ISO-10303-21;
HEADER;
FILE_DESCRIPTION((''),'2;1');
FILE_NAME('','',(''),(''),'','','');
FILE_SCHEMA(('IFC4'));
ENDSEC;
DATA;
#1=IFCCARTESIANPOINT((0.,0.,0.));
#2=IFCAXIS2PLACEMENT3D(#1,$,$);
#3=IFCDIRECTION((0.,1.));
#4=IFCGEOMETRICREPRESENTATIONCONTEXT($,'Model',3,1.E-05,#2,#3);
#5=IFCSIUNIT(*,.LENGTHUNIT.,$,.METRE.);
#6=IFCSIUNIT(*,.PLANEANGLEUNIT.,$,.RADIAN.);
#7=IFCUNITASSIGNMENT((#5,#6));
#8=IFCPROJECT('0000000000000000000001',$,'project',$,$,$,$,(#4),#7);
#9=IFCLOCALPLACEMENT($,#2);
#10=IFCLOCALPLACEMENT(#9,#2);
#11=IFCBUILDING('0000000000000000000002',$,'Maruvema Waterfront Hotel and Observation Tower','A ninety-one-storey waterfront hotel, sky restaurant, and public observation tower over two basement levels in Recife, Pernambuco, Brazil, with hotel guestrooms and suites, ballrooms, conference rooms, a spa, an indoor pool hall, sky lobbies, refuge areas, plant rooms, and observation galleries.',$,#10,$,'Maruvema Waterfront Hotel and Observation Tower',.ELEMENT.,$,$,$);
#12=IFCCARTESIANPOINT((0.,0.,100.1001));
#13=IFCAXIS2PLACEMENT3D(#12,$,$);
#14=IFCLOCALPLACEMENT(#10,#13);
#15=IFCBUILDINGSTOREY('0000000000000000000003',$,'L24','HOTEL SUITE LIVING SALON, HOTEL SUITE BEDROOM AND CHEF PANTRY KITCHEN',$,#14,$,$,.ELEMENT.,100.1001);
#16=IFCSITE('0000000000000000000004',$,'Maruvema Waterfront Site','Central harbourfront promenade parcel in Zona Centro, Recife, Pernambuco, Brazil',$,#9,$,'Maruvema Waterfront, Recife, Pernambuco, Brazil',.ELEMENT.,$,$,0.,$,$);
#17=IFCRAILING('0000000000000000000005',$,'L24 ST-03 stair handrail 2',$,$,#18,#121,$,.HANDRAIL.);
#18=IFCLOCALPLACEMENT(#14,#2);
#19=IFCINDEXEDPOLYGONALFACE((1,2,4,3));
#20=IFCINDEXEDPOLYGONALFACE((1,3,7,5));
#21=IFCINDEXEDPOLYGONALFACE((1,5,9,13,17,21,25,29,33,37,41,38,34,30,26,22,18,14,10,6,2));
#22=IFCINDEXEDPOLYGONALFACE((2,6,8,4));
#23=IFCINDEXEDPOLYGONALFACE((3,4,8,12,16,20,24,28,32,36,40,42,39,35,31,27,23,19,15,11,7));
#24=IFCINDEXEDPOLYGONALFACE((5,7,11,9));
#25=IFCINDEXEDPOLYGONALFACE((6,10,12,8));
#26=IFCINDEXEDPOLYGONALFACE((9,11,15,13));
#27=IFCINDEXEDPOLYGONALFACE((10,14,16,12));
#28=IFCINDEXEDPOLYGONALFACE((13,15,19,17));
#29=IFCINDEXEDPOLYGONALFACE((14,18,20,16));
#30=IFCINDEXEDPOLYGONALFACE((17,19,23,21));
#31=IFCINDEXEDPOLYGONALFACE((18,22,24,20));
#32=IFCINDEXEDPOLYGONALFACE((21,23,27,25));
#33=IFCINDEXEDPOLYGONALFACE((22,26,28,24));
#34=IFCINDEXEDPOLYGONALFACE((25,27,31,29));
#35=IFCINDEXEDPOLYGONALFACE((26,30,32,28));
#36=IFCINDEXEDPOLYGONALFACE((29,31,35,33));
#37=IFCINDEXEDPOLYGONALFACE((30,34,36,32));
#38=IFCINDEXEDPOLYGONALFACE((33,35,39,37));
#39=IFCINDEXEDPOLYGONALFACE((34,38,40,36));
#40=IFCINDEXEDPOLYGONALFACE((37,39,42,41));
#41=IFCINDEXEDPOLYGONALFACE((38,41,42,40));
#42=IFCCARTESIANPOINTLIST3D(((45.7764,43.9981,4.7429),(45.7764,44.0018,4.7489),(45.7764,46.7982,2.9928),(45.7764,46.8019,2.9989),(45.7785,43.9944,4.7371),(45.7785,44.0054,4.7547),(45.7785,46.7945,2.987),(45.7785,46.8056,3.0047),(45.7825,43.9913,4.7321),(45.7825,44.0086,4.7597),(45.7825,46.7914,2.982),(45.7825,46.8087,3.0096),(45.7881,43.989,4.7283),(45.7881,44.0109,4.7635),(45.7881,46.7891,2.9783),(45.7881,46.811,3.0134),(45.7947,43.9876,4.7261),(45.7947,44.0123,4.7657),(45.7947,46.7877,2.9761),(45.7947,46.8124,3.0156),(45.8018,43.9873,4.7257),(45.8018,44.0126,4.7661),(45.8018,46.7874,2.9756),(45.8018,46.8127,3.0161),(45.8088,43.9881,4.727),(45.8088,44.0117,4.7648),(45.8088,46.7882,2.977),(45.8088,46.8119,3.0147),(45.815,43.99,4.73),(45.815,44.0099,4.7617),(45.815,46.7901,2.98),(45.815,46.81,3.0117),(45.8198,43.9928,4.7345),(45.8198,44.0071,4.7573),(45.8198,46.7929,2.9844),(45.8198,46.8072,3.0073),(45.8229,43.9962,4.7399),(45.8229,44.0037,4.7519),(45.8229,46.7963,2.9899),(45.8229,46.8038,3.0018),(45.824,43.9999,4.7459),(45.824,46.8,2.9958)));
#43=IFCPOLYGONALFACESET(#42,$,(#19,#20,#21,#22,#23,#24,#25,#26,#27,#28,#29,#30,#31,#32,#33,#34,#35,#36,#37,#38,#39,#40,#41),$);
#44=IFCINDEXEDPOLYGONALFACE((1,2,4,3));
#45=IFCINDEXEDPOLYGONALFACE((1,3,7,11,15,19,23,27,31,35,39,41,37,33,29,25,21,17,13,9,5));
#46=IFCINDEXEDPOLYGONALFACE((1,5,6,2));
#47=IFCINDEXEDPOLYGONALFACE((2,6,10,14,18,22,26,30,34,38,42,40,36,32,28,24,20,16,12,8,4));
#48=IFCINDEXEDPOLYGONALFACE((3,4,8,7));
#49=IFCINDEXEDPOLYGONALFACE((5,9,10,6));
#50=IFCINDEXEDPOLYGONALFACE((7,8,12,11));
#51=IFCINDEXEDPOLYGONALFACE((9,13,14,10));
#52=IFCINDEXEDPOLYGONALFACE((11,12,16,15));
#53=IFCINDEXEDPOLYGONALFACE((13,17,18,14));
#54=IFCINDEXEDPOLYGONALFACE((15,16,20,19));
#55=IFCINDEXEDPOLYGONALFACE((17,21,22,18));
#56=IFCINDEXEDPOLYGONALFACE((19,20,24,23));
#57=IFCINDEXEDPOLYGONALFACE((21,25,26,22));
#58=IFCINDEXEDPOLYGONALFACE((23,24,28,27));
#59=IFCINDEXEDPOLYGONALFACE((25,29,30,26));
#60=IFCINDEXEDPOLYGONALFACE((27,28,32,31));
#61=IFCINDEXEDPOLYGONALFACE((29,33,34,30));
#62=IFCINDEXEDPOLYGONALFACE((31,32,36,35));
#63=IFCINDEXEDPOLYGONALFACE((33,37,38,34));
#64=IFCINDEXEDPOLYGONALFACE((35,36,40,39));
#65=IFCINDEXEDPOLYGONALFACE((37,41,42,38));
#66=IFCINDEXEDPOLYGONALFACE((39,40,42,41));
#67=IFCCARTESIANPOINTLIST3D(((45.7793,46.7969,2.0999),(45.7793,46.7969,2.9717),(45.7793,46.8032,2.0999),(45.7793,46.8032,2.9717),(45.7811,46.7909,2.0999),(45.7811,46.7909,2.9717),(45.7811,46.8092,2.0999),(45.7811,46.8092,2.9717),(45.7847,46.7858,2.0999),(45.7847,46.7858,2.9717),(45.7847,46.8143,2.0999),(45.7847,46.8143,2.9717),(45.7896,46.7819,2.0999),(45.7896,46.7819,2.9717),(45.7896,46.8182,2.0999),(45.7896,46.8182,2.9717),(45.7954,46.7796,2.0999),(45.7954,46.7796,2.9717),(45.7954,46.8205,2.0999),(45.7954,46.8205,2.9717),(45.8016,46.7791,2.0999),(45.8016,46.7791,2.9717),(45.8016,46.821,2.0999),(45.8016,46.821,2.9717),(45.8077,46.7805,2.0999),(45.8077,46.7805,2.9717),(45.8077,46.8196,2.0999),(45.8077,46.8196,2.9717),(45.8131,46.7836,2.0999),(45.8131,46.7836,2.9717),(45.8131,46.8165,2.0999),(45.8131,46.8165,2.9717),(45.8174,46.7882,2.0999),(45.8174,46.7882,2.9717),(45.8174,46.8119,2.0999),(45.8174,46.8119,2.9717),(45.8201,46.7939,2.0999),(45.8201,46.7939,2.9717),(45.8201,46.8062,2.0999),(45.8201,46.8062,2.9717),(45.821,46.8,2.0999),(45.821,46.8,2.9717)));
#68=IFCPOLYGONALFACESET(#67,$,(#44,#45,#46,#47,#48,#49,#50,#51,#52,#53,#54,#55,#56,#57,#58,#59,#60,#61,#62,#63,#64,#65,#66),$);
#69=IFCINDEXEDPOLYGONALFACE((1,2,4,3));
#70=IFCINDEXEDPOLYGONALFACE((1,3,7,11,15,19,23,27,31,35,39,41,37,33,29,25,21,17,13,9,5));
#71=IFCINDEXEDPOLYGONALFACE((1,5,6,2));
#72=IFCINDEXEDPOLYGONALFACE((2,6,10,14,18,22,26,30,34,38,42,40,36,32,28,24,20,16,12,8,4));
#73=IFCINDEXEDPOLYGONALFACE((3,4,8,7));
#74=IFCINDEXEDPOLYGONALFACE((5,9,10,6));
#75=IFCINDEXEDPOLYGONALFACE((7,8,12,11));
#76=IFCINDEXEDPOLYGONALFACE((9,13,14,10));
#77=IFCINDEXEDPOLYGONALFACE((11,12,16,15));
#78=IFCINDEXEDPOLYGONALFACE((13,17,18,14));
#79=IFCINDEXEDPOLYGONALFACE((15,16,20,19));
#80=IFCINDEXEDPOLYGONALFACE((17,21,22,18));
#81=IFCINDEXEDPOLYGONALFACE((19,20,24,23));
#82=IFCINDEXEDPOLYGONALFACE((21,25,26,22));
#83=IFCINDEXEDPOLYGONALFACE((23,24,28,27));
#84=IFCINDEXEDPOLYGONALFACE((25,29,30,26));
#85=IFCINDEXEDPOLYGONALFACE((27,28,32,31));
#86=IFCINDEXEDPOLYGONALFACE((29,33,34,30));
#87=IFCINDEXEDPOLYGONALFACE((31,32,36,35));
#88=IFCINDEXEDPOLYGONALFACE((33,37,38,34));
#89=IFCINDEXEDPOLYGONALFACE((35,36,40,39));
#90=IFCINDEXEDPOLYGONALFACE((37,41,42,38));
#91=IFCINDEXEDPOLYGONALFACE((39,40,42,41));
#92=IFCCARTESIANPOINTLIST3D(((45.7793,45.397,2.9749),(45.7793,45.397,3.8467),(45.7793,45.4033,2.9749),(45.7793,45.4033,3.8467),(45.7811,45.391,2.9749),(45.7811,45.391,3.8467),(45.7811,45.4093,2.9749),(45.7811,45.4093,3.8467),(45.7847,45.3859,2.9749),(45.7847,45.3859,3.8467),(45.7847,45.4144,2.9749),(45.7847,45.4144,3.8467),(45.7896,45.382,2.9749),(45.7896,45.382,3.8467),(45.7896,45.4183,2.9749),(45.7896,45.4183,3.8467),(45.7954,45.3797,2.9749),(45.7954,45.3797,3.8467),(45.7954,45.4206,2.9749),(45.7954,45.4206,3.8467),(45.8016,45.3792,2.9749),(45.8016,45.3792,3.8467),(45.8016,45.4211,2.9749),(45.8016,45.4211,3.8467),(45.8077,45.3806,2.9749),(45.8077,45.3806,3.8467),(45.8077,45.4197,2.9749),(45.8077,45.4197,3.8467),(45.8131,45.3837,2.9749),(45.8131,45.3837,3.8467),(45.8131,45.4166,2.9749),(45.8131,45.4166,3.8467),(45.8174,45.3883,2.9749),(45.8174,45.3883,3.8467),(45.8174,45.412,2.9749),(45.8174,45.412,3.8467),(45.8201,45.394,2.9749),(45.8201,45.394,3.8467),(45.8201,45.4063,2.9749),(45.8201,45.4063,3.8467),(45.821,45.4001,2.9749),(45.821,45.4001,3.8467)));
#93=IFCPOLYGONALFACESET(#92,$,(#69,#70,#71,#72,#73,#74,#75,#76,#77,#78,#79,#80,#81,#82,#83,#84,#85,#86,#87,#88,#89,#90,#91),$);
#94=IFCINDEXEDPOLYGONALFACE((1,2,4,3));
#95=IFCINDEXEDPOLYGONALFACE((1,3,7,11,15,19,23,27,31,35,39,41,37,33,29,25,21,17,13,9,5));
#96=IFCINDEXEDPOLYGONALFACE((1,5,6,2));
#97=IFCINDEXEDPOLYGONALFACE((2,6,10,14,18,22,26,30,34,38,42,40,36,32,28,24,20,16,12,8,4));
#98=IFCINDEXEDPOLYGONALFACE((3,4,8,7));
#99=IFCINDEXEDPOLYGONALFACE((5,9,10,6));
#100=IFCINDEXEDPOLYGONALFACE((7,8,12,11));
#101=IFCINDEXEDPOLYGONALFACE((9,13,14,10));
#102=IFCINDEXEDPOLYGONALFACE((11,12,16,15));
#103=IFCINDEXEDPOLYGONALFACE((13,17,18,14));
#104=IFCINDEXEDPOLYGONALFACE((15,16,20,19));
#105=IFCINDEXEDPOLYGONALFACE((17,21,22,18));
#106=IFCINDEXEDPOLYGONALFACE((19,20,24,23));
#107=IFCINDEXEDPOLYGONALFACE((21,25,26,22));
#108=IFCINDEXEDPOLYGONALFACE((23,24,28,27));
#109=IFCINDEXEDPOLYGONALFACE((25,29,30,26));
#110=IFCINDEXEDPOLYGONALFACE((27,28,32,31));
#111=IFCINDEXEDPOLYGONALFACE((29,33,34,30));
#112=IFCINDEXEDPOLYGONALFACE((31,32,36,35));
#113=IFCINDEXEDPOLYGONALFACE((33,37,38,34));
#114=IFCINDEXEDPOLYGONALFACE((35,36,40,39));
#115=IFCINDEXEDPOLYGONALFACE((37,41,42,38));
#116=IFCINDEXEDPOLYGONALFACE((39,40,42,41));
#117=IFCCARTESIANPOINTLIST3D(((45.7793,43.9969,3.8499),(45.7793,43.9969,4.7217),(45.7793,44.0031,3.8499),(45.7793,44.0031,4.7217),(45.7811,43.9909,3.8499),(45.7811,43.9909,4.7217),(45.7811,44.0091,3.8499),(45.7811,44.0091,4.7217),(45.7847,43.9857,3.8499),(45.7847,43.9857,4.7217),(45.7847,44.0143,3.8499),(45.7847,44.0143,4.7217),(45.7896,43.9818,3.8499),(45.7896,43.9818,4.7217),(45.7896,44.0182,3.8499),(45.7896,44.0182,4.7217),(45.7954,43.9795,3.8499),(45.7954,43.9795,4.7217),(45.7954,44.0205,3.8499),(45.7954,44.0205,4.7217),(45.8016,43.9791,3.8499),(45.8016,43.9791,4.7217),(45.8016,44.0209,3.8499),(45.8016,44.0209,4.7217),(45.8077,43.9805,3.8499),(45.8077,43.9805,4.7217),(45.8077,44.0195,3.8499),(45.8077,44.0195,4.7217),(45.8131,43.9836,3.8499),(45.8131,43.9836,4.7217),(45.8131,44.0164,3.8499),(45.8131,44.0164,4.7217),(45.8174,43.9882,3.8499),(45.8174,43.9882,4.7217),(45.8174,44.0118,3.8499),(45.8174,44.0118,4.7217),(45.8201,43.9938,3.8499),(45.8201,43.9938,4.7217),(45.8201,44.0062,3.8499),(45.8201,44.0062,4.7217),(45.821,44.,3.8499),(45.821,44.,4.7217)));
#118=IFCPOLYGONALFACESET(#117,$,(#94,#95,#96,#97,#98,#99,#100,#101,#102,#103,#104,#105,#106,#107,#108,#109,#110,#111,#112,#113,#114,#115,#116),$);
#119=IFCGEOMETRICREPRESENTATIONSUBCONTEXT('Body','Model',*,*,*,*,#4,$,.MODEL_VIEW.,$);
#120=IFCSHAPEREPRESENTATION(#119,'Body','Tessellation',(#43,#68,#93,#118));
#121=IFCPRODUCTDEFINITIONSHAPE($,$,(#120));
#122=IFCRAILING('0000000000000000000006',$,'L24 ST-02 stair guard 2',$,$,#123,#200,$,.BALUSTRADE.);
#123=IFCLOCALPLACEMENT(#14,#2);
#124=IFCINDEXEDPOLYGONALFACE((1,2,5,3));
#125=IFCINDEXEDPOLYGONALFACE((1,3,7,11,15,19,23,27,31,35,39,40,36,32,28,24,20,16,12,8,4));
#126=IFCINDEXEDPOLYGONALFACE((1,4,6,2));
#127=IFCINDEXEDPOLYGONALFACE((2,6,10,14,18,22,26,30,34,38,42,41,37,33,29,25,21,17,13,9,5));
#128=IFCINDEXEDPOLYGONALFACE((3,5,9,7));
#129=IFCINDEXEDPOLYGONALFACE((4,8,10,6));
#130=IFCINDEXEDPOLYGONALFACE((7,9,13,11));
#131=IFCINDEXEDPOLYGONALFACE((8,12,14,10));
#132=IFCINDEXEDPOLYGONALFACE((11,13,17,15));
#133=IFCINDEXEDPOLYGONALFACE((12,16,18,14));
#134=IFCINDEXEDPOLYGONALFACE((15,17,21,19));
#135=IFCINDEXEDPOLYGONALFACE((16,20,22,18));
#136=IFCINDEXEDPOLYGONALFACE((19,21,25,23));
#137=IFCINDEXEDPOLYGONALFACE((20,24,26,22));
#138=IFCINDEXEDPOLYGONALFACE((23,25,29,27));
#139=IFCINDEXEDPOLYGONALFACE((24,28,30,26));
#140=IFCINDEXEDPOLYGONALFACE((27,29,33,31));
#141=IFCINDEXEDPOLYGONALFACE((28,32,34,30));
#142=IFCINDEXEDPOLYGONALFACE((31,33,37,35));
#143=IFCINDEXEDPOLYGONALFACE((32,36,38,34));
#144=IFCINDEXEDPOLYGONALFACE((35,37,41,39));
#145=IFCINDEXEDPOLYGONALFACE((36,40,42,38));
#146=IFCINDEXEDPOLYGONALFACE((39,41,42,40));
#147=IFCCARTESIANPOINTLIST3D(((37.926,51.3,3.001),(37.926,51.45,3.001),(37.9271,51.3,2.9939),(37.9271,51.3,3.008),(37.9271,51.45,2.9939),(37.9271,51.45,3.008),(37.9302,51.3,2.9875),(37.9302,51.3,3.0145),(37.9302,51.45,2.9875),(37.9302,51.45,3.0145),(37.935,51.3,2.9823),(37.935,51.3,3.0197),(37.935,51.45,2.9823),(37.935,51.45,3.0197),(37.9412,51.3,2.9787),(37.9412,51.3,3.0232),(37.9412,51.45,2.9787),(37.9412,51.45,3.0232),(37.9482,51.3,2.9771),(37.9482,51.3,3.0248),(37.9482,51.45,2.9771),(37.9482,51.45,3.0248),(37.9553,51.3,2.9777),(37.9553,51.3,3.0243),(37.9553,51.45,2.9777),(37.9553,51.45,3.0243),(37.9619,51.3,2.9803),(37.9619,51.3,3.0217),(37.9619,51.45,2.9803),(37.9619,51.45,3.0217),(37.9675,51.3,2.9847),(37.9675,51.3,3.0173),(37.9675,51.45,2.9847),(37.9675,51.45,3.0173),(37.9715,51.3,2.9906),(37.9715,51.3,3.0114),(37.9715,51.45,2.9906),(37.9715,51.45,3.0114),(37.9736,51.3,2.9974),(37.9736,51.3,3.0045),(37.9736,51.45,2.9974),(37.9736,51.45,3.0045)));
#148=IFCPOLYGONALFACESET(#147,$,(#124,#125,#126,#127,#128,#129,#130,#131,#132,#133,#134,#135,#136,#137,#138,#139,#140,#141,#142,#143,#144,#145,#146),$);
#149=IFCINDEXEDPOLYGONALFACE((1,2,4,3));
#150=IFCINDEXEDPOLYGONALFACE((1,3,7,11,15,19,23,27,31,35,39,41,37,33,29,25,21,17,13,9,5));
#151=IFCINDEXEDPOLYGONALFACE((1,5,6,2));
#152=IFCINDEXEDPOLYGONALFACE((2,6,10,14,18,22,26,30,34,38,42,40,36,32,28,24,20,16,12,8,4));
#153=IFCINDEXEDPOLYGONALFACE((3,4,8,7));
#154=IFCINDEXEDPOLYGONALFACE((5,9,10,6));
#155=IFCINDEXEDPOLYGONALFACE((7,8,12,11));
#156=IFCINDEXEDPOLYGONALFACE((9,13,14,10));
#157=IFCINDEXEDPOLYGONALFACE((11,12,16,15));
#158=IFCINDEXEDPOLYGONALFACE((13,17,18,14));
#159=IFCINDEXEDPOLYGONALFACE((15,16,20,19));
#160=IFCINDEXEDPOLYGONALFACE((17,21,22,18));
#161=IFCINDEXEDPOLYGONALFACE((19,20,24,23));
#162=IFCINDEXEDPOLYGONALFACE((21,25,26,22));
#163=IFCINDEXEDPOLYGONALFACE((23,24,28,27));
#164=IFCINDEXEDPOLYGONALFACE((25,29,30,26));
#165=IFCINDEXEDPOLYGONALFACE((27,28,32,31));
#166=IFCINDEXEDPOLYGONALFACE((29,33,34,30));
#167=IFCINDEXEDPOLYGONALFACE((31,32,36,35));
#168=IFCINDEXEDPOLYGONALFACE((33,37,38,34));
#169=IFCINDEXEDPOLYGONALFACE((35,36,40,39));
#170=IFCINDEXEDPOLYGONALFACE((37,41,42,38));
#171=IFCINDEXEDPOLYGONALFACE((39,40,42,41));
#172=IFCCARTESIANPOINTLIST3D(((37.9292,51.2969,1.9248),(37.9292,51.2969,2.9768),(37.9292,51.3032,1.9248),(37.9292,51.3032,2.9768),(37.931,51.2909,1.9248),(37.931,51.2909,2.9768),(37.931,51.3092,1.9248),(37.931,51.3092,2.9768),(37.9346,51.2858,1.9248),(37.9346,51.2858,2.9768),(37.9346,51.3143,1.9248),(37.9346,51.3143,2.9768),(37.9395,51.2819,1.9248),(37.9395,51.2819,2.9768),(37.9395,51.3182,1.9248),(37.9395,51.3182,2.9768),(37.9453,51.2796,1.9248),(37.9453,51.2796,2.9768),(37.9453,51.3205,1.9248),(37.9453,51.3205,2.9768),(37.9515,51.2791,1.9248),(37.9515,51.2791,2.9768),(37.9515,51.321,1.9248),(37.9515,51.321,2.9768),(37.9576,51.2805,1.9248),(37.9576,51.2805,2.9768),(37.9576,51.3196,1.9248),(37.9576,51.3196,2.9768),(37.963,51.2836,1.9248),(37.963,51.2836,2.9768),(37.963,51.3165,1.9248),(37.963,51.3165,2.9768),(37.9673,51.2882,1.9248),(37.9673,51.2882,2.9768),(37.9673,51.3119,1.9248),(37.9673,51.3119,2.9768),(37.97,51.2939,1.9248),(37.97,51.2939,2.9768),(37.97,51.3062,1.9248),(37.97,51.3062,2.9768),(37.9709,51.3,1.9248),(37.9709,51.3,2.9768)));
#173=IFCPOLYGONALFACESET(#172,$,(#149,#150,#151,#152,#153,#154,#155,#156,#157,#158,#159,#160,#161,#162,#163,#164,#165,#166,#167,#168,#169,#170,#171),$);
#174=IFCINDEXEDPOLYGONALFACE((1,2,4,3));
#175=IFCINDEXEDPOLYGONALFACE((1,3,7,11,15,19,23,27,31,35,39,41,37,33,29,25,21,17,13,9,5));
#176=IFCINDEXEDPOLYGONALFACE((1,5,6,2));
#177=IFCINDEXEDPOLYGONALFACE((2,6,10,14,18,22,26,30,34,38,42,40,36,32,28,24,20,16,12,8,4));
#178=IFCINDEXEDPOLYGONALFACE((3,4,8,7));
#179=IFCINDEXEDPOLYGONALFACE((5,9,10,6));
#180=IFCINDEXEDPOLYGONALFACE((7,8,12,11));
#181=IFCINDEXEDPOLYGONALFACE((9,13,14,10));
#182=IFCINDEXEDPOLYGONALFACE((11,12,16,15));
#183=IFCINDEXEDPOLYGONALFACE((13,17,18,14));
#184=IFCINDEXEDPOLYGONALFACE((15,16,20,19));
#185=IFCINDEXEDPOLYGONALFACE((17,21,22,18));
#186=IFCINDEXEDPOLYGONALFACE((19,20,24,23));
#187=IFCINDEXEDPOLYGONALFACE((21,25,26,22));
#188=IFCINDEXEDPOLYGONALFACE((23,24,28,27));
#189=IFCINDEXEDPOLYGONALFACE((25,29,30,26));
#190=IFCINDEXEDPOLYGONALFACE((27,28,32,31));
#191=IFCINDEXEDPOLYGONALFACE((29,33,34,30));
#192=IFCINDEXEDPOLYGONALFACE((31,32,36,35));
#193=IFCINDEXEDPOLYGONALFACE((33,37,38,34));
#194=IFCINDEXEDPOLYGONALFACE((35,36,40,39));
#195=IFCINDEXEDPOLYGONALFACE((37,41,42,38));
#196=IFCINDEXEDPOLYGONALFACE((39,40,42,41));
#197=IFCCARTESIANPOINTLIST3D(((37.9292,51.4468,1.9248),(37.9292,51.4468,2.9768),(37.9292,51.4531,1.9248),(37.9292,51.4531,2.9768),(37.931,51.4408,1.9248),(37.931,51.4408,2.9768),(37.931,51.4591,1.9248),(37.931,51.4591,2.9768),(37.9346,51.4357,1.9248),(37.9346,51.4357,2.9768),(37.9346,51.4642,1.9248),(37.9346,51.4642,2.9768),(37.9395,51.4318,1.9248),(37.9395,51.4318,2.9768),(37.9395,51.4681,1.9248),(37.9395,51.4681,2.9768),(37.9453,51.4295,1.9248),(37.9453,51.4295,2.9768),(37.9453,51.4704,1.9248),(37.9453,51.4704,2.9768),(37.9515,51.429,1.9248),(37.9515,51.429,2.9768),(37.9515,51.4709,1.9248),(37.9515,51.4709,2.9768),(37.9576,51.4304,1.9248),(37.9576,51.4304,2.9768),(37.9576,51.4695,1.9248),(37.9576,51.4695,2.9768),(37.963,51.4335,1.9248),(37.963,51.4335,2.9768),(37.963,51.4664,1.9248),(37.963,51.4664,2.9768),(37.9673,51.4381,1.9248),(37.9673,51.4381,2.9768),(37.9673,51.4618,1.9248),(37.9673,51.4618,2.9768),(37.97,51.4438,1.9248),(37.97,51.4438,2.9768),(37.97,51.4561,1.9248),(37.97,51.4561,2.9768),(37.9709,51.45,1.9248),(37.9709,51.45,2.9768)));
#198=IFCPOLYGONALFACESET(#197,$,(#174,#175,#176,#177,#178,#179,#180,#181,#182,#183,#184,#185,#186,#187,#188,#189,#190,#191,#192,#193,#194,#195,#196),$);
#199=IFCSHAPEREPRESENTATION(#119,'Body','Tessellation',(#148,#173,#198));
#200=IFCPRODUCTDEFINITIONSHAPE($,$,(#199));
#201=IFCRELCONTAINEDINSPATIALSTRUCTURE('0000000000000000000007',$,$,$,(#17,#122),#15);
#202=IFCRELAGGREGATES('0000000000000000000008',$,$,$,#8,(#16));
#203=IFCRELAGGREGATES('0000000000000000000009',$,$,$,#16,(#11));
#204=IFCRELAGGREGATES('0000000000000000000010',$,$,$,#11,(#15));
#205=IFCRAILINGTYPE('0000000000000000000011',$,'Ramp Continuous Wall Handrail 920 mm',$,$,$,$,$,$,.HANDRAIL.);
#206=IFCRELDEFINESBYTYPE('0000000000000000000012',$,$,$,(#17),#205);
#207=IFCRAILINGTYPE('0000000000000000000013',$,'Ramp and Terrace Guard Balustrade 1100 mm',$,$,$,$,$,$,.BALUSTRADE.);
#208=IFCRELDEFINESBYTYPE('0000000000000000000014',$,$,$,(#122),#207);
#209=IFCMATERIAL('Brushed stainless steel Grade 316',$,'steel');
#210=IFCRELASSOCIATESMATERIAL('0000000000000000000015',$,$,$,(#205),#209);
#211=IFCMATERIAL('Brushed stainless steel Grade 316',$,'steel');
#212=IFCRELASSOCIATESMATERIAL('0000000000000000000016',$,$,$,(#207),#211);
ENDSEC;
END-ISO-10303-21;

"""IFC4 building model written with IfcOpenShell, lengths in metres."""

from ifc_helpers import new_model, si_unit, direction, frame, origin, origin_2d, place, context, subcontext, project, spatial, circle, extrude, material, type_object, element, save


model = new_model("IFC4")

# Units and contexts
model_context = context("Model", 3, precision=1e-05, world=origin(), true_north=direction((0.0, 1.0)))
body_context = subcontext(model_context, "Body", "Model", "MODEL_VIEW")
ifc_project = project(units=[si_unit("LENGTHUNIT", "METRE"), si_unit("PLANEANGLEUNIT", "RADIAN")], contexts=[model_context])

# Site, building, storey
site_placement = place(None, origin())
site = spatial("IfcSite", under=ifc_project, at=site_placement, Name="Maruvema Waterfront Site", Description="Central harbourfront promenade parcel in Zona Centro, Recife, Pernambuco, Brazil", LongName="Maruvema Waterfront, Recife, Pernambuco, Brazil", CompositionType="ELEMENT", RefElevation=0.0)
building_placement = place(site_placement, origin())
building = spatial("IfcBuilding", under=site, at=building_placement, Name="Maruvema Waterfront Hotel and Observation Tower", Description="A ninety-one-storey waterfront hotel, sky restaurant, and public observation tower over two basement levels in Recife, Pernambuco, Brazil, with hotel guestrooms and suites, ballrooms, conference rooms, a spa, an indoor pool hall, sky lobbies, refuge areas, plant rooms, and observation galleries.", LongName="Maruvema Waterfront Hotel and Observation Tower", CompositionType="ELEMENT")
storey_placement = place(building_placement, frame((0.0, 0.0, 100.1001)))
storey = spatial("IfcBuildingStorey", under=building, at=storey_placement, Name="L24", Description="HOTEL SUITE LIVING SALON, HOTEL SUITE BEDROOM AND CHEF PANTRY KITCHEN", CompositionType="ELEMENT", Elevation=100.1001)

# Railings
ifc_material_1 = material(Name="Brushed stainless steel Grade 316", Category="steel")
railing_type_1 = type_object("IfcRailingType", Name="Ramp Continuous Wall Handrail 920 mm", PredefinedType="HANDRAIL", material=ifc_material_1)
railing_1_placement = place(storey_placement, frame((45.8, 46.8, 2.0999)))
element("IfcRailing", 1, at=railing_1_placement, inside=storey, type_object=railing_type_1, Name="L24 ST-03 stair handrail 2", PredefinedType="HANDRAIL", context=body_context, shape_type="SweptSolid", body=[
    extrude(circle(Radius=0.0239, at=origin_2d()), frame((0.0, 0.0, 0.896), z_axis=(0.0, -0.848002, 0.529992), x_axis=(1.0, 0.0, 0.0)), (0.0, 0.0, 1.0), 3.302),
    extrude(circle(Radius=0.021, at=origin_2d()), origin(), (0.0, 0.0, 1.0), 0.8718),
    extrude(circle(Radius=0.021, at=origin_2d()), frame((0.0, -1.3999, 0.875)), (0.0, 0.0, 1.0), 0.8718),
    extrude(circle(Radius=0.021, at=origin_2d()), frame((0.0, -2.8, 1.75)), (0.0, 0.0, 1.0), 0.8718),
])
ifc_material_2 = material(Name="Brushed stainless steel Grade 316", Category="steel")
railing_type_2 = type_object("IfcRailingType", Name="Ramp and Terrace Guard Balustrade 1100 mm", PredefinedType="BALUSTRADE", material=ifc_material_2)
railing_2_placement = place(storey_placement, frame((37.95, 51.3, 1.9248)))
element("IfcRailing", 2, at=railing_2_placement, inside=storey, type_object=railing_type_2, Name="L24 ST-02 stair guard 2", PredefinedType="BALUSTRADE", context=body_context, shape_type="SweptSolid", body=[
    extrude(circle(Radius=0.0239, at=origin_2d()), frame((0.0, 0.0, 1.0762), z_axis=(0.0, 1.0, 0.0), x_axis=(-1.0, 0.0, 0.0)), (0.0, 0.0, 1.0), 0.1499),
    extrude(circle(Radius=0.021, at=origin_2d()), origin(), (0.0, 0.0, 1.0), 1.052),
    extrude(circle(Radius=0.021, at=origin_2d()), frame((0.0, 0.1499, 0.0)), (0.0, 0.0, 1.0), 1.052),
])

save(model, "model.ifc")
